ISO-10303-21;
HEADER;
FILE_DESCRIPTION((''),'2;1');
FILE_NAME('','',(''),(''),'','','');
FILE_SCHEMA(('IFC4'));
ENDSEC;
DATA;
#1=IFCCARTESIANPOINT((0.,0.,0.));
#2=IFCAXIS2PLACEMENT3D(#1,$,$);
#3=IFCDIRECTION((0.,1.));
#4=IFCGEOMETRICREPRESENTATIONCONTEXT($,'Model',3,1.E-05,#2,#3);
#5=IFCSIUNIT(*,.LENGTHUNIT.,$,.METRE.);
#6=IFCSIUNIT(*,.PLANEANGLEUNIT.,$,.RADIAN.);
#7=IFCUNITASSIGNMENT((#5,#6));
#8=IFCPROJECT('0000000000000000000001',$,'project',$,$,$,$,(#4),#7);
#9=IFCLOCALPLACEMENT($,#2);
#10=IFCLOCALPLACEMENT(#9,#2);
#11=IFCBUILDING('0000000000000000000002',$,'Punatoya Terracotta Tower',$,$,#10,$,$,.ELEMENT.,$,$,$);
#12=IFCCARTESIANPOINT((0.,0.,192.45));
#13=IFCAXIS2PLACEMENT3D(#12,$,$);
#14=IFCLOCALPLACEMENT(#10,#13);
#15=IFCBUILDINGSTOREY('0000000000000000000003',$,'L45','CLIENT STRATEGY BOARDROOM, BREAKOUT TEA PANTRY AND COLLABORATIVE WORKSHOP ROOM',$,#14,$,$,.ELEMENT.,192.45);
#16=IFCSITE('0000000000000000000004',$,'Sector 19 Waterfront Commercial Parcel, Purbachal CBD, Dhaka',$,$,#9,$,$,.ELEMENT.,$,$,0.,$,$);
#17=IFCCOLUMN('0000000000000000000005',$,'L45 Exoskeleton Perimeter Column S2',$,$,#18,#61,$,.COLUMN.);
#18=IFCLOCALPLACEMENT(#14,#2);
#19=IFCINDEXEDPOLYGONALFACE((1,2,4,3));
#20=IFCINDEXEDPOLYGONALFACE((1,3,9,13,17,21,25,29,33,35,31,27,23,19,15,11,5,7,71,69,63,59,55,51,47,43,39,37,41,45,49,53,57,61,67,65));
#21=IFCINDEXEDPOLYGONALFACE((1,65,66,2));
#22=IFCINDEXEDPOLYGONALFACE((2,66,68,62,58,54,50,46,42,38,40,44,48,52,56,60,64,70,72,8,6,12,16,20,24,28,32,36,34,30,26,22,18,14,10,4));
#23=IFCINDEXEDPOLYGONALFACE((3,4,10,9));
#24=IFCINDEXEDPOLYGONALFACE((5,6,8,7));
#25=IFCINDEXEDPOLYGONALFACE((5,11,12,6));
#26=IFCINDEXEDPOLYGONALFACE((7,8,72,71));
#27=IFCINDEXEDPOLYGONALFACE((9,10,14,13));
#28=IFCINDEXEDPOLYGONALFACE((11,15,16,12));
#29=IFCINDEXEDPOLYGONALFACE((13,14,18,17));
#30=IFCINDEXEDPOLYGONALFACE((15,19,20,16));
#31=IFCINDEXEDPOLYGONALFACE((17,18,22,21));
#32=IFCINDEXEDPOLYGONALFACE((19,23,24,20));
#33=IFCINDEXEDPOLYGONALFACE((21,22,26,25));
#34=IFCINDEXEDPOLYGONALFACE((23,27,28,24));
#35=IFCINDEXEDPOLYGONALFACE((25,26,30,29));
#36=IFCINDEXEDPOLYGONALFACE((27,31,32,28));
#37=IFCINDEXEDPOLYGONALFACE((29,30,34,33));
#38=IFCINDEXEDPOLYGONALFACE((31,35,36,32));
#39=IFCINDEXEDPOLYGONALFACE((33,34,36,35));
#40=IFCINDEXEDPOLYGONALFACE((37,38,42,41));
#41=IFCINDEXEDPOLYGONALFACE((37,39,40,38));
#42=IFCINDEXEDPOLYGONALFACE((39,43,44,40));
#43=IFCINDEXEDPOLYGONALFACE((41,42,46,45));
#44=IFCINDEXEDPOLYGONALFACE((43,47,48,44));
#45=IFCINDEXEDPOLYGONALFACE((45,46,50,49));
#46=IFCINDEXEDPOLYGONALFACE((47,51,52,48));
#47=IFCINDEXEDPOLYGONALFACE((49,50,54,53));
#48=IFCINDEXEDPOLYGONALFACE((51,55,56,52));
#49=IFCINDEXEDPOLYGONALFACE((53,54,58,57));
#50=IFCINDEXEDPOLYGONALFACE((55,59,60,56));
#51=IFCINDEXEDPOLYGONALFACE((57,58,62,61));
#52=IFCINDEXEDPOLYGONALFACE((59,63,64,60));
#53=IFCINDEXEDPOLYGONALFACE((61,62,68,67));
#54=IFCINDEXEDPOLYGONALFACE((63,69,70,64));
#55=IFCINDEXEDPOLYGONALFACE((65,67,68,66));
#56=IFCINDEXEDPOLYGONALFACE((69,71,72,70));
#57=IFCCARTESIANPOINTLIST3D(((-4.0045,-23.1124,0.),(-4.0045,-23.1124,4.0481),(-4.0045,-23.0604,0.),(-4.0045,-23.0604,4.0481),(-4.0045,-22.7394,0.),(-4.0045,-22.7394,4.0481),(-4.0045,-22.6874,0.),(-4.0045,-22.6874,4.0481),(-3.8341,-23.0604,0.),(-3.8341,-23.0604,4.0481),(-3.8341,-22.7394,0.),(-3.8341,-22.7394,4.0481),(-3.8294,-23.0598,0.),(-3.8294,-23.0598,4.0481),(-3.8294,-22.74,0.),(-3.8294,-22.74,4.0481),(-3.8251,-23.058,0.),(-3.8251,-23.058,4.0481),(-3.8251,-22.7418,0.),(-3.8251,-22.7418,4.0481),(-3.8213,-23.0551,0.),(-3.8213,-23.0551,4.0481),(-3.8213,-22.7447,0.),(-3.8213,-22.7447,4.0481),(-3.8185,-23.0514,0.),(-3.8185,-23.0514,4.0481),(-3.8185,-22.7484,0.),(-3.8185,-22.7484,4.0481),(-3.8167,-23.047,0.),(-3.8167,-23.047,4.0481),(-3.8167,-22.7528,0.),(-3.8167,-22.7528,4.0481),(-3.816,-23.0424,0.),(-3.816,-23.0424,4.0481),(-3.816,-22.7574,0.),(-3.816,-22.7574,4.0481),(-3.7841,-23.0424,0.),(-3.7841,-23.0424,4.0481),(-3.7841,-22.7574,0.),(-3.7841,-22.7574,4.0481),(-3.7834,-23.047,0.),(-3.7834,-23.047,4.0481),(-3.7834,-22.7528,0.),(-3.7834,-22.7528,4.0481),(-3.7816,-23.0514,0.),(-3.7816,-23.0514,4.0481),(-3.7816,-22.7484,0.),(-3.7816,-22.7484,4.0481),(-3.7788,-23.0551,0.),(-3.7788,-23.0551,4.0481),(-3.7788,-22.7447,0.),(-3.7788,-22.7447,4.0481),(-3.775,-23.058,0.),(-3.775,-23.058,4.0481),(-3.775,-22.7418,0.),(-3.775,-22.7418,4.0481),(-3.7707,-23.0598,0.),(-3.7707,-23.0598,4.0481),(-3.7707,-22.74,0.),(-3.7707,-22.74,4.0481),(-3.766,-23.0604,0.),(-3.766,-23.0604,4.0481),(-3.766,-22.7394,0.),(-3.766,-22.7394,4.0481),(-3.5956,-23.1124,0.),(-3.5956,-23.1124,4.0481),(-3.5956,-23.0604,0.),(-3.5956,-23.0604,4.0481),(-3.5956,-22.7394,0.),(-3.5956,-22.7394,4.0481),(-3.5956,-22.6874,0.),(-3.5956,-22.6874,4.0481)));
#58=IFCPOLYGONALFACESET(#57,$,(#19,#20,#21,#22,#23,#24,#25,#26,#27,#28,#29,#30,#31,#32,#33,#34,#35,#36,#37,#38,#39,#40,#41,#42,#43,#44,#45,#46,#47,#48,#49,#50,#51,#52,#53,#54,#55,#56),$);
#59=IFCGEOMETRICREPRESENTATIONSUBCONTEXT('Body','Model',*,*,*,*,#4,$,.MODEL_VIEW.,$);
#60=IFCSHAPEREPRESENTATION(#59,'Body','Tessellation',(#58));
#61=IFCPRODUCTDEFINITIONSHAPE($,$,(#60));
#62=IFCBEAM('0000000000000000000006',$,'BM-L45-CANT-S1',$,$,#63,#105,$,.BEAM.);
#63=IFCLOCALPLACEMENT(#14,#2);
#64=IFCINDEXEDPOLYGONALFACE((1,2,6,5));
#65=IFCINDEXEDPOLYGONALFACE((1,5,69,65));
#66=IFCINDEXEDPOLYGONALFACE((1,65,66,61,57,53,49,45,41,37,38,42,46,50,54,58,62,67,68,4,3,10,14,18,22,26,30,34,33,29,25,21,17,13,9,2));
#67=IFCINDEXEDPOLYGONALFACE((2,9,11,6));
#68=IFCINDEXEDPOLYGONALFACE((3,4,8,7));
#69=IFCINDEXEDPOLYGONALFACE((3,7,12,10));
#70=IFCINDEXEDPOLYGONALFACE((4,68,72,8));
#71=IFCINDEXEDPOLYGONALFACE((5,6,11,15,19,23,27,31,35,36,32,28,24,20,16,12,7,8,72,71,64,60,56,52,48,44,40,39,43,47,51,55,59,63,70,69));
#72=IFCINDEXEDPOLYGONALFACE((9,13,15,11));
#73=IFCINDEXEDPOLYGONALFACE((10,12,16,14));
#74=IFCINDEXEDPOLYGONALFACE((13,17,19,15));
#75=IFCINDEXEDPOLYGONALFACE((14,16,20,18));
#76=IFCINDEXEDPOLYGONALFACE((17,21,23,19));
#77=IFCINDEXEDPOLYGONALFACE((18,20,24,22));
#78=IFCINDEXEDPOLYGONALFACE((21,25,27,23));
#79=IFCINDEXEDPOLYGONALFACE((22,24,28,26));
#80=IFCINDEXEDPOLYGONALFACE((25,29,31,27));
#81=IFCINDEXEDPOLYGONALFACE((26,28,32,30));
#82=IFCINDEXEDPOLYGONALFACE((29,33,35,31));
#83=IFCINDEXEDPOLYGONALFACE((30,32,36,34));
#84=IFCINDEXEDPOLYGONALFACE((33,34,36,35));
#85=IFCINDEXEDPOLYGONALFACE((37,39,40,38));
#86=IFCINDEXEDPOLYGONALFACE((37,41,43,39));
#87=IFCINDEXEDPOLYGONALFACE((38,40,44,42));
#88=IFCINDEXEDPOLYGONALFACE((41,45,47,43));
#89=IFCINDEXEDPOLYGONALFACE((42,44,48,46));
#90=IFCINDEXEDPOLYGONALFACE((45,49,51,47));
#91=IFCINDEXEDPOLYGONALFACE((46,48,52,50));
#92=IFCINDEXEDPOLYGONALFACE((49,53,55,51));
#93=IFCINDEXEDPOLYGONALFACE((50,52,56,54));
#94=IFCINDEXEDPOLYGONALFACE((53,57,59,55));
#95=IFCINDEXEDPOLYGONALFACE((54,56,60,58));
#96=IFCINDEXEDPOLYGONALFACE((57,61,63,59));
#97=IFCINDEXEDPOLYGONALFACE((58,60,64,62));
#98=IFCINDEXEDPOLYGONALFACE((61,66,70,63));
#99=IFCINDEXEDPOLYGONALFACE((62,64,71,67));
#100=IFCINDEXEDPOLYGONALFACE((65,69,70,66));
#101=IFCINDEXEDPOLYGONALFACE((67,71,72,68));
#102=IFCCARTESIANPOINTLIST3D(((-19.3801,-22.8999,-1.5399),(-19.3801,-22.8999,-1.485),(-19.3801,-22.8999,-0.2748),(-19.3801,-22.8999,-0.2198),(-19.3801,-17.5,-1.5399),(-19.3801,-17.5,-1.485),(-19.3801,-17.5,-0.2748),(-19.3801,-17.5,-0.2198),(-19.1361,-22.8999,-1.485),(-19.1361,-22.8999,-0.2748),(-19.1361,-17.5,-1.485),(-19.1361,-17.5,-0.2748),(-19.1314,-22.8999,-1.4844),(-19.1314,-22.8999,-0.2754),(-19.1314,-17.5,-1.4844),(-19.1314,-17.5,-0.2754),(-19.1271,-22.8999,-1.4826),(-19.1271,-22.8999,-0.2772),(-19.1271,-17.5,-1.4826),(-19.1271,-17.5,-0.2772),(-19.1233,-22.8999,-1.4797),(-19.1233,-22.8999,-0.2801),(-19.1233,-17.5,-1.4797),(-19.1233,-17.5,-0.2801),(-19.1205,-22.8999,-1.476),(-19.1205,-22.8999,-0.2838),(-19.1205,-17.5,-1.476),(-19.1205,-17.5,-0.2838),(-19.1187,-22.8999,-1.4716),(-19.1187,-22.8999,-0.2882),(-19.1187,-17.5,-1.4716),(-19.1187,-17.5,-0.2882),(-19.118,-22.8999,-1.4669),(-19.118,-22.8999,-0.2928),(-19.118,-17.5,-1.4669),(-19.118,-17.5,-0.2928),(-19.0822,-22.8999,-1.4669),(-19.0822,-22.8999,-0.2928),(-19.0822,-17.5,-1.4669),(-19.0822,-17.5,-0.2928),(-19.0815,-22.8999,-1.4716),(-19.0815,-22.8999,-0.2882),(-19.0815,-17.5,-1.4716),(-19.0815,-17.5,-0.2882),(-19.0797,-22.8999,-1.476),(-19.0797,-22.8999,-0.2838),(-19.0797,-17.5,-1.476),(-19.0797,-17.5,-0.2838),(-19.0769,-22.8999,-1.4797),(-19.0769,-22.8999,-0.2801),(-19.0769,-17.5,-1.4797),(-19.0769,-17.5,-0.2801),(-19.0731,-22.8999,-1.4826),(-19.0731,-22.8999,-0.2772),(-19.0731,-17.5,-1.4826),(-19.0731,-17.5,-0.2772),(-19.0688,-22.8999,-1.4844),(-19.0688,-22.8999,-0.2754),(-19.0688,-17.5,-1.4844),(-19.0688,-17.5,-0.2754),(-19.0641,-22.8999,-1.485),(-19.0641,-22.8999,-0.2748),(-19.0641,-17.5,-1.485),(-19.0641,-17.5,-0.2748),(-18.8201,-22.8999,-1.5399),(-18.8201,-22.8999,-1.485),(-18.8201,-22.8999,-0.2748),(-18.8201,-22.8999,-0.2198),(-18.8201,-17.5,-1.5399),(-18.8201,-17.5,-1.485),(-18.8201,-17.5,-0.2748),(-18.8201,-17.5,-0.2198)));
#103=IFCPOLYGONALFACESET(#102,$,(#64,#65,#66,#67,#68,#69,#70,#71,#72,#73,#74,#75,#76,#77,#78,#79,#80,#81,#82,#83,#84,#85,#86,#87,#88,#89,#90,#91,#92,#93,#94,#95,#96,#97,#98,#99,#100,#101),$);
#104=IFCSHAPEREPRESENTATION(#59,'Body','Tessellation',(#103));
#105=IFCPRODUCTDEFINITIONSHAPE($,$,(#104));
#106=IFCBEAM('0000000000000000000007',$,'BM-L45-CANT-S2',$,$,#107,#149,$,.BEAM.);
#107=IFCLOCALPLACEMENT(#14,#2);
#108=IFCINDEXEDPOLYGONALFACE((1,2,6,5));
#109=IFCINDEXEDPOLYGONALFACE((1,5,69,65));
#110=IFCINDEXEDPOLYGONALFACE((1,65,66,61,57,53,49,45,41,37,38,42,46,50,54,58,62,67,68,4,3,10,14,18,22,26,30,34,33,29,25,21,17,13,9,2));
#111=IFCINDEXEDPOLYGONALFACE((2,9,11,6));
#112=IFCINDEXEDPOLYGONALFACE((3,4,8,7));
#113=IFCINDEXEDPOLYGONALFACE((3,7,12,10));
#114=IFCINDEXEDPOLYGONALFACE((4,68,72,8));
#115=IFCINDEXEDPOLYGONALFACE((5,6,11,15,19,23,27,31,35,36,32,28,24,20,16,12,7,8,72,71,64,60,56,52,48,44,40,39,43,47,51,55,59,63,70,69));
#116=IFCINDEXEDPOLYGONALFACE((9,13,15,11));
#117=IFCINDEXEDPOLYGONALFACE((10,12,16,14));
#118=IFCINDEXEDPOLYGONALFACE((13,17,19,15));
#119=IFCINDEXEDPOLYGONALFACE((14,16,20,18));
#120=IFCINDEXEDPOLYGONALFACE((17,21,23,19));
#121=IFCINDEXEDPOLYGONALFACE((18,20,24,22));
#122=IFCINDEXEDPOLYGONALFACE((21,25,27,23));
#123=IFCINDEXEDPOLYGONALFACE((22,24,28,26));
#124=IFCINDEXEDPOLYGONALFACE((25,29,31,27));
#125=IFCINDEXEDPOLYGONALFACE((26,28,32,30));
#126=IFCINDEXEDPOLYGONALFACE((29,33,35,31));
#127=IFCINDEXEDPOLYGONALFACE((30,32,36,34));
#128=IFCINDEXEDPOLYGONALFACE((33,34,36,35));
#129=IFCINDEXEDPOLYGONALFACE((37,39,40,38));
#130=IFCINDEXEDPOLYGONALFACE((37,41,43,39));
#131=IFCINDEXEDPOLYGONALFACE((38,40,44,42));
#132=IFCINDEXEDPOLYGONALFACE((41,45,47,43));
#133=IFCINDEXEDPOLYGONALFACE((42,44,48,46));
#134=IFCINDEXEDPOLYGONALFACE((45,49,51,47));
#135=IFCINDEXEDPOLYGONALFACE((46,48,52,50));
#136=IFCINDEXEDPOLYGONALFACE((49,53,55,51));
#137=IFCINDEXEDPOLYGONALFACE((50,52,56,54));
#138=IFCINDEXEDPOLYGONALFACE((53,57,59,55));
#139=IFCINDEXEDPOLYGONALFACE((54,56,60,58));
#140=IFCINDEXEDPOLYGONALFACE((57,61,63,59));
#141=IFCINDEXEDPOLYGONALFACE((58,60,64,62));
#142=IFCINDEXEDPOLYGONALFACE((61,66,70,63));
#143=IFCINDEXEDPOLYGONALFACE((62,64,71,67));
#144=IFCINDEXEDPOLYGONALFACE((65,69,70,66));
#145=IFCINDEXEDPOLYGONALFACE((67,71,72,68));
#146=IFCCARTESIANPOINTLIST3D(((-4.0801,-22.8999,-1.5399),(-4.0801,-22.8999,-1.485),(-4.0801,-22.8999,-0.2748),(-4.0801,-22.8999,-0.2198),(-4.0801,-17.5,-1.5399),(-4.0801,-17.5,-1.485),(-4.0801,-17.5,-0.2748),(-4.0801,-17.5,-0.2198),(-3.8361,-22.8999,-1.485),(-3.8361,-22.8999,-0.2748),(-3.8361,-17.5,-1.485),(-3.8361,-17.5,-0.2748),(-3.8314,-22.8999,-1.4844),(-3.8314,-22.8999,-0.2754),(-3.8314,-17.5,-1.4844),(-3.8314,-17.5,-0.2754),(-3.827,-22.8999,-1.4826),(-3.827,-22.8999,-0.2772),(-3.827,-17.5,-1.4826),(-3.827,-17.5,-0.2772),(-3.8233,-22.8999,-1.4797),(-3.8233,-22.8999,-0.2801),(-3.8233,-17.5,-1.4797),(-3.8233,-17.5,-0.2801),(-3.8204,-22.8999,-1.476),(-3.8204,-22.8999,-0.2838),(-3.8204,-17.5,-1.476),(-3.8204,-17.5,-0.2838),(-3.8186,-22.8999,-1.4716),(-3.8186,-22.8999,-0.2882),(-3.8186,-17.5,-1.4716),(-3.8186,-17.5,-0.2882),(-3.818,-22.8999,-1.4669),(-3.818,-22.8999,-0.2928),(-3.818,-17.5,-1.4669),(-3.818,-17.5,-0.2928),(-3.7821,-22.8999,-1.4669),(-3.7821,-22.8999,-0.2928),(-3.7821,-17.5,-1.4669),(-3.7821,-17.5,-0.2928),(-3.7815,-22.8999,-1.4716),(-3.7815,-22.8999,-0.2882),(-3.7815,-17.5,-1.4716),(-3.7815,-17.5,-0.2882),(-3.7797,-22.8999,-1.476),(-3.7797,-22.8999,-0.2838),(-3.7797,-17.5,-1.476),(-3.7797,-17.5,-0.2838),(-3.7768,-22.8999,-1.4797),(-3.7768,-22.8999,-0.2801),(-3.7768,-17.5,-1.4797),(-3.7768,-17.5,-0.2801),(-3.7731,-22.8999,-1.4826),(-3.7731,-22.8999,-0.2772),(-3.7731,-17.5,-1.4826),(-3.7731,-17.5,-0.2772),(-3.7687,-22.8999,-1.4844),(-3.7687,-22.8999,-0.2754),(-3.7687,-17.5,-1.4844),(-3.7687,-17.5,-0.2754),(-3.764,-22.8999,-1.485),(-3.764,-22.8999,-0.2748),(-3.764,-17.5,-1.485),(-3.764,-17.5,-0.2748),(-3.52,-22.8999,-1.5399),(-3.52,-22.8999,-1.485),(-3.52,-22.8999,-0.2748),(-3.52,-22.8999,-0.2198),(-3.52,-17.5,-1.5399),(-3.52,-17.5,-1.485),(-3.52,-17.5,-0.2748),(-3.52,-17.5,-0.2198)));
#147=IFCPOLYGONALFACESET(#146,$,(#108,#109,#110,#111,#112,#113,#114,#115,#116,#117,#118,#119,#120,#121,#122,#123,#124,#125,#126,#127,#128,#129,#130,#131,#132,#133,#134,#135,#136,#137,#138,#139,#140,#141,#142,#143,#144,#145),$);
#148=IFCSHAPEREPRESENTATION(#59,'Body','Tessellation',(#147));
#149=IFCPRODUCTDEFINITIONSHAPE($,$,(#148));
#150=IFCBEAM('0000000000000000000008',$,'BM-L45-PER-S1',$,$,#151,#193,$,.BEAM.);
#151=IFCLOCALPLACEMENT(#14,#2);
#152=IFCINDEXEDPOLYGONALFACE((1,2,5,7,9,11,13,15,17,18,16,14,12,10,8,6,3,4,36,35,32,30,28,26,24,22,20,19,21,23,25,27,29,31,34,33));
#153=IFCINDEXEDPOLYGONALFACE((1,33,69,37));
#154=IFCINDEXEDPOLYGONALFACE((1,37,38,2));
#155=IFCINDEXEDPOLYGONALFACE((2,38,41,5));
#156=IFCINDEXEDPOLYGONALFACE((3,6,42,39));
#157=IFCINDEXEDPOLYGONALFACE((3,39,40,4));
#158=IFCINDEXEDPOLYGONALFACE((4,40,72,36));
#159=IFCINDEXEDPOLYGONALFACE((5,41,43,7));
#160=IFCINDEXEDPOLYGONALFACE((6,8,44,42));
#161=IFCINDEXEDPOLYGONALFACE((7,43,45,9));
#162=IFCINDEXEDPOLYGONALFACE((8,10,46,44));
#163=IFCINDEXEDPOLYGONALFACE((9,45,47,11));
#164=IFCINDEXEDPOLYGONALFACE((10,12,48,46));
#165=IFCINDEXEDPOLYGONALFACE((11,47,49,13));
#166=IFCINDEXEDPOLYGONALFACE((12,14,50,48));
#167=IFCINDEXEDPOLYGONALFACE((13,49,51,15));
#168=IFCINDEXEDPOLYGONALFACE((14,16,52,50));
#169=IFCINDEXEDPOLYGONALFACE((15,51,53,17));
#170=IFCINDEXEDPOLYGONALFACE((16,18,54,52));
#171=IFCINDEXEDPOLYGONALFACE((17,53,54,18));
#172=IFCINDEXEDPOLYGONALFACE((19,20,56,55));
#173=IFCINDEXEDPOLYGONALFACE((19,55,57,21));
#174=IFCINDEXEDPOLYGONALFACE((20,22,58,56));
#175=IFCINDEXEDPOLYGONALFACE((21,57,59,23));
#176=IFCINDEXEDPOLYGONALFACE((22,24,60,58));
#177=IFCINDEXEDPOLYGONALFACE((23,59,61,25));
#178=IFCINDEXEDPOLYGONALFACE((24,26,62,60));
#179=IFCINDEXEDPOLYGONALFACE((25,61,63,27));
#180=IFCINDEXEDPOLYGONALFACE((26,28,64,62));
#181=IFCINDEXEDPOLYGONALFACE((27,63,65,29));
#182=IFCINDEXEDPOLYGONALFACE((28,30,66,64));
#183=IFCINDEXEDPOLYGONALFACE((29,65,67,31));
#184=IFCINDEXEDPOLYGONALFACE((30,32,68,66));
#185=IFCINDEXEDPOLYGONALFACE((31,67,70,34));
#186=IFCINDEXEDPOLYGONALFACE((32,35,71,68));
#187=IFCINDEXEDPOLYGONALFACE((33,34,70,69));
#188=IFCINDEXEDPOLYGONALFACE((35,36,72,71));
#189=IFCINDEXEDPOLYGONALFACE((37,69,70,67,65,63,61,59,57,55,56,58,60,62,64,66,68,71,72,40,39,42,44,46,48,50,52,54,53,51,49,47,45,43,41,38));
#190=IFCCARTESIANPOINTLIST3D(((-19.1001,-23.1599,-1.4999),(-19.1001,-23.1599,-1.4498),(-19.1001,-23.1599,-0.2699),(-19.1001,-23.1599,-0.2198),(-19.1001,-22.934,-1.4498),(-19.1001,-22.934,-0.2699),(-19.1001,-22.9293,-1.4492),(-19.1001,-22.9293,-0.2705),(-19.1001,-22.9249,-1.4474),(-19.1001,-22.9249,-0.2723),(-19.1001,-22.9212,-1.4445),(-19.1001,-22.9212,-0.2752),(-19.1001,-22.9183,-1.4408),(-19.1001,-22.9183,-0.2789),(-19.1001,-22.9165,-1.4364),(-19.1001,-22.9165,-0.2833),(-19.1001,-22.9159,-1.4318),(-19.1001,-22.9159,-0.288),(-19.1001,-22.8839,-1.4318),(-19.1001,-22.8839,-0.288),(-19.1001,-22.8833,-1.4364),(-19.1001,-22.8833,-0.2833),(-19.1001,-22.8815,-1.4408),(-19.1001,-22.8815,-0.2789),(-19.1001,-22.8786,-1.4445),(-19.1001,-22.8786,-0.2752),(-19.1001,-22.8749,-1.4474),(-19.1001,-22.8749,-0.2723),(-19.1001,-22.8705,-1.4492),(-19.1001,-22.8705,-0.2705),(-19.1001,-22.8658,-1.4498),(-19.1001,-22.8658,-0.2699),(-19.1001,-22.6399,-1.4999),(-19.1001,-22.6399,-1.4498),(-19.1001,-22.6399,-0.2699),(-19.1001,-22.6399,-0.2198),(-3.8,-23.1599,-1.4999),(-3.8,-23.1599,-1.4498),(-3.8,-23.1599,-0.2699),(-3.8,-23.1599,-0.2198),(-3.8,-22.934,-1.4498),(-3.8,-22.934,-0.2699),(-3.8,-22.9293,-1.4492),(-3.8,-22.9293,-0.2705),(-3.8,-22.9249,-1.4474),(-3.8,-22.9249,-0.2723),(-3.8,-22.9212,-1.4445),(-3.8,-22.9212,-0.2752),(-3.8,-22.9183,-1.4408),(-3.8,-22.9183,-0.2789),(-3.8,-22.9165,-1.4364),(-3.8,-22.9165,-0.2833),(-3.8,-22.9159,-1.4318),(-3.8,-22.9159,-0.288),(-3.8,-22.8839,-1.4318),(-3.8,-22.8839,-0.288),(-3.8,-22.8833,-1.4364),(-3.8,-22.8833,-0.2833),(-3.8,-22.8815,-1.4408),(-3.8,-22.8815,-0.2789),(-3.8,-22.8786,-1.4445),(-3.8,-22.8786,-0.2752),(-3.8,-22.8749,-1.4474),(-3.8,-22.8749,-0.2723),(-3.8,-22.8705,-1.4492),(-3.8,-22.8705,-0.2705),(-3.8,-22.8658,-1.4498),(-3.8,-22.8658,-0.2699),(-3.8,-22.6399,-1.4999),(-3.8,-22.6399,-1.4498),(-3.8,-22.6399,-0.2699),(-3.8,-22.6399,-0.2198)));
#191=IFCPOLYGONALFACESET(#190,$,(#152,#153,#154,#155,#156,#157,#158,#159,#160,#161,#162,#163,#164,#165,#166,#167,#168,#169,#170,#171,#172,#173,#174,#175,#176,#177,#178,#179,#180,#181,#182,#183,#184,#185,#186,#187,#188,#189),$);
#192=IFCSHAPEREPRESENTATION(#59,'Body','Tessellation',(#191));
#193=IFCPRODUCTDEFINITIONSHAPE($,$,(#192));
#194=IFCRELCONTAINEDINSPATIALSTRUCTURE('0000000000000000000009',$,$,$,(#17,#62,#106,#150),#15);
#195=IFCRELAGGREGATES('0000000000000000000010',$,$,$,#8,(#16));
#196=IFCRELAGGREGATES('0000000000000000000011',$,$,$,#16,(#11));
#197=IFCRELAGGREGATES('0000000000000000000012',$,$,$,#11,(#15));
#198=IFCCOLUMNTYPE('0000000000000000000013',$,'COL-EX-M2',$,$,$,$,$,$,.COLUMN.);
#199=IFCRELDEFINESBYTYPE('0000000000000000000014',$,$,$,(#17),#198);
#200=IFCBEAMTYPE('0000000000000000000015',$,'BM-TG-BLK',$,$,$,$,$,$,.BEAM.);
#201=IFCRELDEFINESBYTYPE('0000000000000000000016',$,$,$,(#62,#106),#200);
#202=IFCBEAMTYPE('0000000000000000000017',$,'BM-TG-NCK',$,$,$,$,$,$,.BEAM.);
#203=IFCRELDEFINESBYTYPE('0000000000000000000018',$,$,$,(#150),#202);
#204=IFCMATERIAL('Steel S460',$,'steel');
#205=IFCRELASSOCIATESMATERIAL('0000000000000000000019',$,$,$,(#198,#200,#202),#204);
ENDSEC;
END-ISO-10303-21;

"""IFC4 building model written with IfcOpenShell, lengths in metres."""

from ifc_helpers import new_model, si_unit, direction, frame, origin, origin_2d, place, context, subcontext, project, spatial, i_section, extrude, material, material_profile, profile_set, type_object, element, save


model = new_model("IFC4")

# Units and contexts
model_context = context("Model", 3, precision=1e-05, world=origin(), true_north=direction((0.0, 1.0)))
body_context = subcontext(model_context, "Body", "Model", "MODEL_VIEW")
ifc_project = project(units=[si_unit("LENGTHUNIT", "METRE"), si_unit("PLANEANGLEUNIT", "RADIAN")], contexts=[model_context])

# Site, building, storey
site_placement = place(None, origin())
site = spatial("IfcSite", under=ifc_project, at=site_placement, Name="Sector 19 Waterfront Commercial Parcel, Purbachal CBD, Dhaka", CompositionType="ELEMENT", RefElevation=0.0)
building_placement = place(site_placement, origin())
building = spatial("IfcBuilding", under=site, at=building_placement, Name="Punatoya Terracotta Tower", CompositionType="ELEMENT")
storey_placement = place(building_placement, frame((0.0, 0.0, 192.45)))
storey = spatial("IfcBuildingStorey", under=building, at=storey_placement, Name="L45", Description="CLIENT STRATEGY BOARDROOM, BREAKOUT TEA PANTRY AND COLLABORATIVE WORKSHOP ROOM", CompositionType="ELEMENT", Elevation=192.45)

# Column
ifc_material_1 = material(Name="Steel S460", Category="steel")
ifc_material_profile_1 = material_profile(ifc_material_1, i_section(OverallWidth=0.4089, OverallDepth=0.425, WebThickness=0.032, FlangeThickness=0.052, FilletRadius=0.0181, at=origin_2d()))
ifc_profile_set_1 = profile_set([ifc_material_profile_1], Name="Steel S460")
column_type = type_object("IfcColumnType", Name="COL-EX-M2", PredefinedType="COLUMN", material=ifc_profile_set_1)
column_placement = place(storey_placement, frame((-3.8, -22.8999, 0.0), z_axis=(0.0, 0.0, 1.0), x_axis=(1.0, 0.0, 0.0)))
element("IfcColumn", 1, at=column_placement, inside=storey, type_object=column_type, Name="L45 Exoskeleton Perimeter Column S2", PredefinedType="COLUMN", context=body_context, shape_type="SweptSolid", body=[
    extrude(i_section(OverallWidth=0.4089, OverallDepth=0.425, WebThickness=0.032, FlangeThickness=0.052, FilletRadius=0.0181, at=origin_2d()), origin(), (0.0, 0.0, 1.0), 4.0481),
])

# Beams
ifc_material_profile_2 = material_profile(ifc_material_1, i_section(OverallWidth=0.5601, OverallDepth=1.3201, WebThickness=0.0359, FlangeThickness=0.0549, FilletRadius=0.0181, at=origin_2d()))
ifc_profile_set_2 = profile_set([ifc_material_profile_2], Name="Steel S460")
beam_type_1 = type_object("IfcBeamType", Name="BM-TG-BLK", PredefinedType="BEAM", material=ifc_profile_set_2)
for number, where, z_axis, x_axis, name in (
    (2, (-19.1001, -22.8999, -0.8799), (0.0, 1.0, 0.0), (-1.0, 0.0, 0.0), "BM-L45-CANT-S1"),
    (3, (-3.8, -22.8999, -0.8799), (0.0, 1.0, 0.0), (-1.0, 0.0, 0.0), "BM-L45-CANT-S2"),
):
    element("IfcBeam", number, at=place(storey_placement, frame(where, z_axis=z_axis, x_axis=x_axis)), inside=storey, type_object=beam_type_1, Name=name, PredefinedType="BEAM", context=body_context, shape_type="SweptSolid", body=[
        extrude(i_section(OverallWidth=0.5601, OverallDepth=1.3201, WebThickness=0.0359, FlangeThickness=0.0549, FilletRadius=0.0181, at=origin_2d()), origin(), (0.0, 0.0, 1.0), 5.3999),
    ])
ifc_material_profile_3 = material_profile(ifc_material_1, i_section(OverallWidth=0.52, OverallDepth=1.28, WebThickness=0.032, FlangeThickness=0.05, FilletRadius=0.0181, at=origin_2d()))
ifc_profile_set_3 = profile_set([ifc_material_profile_3], Name="Steel S460")
beam_type_2 = type_object("IfcBeamType", Name="BM-TG-NCK", PredefinedType="BEAM", material=ifc_profile_set_3)
beam_placement = place(storey_placement, frame((-19.1001, -22.8999, -0.8599), z_axis=(1.0, 0.0, 0.0), x_axis=(0.0, 1.0, 0.0)))
element("IfcBeam", 4, at=beam_placement, inside=storey, type_object=beam_type_2, Name="BM-L45-PER-S1", PredefinedType="BEAM", context=body_context, shape_type="SweptSolid", body=[
    extrude(i_section(OverallWidth=0.52, OverallDepth=1.28, WebThickness=0.032, FlangeThickness=0.05, FilletRadius=0.0181, at=origin_2d()), origin(), (0.0, 0.0, 1.0), 15.3),
])

save(model, "model.ifc")
